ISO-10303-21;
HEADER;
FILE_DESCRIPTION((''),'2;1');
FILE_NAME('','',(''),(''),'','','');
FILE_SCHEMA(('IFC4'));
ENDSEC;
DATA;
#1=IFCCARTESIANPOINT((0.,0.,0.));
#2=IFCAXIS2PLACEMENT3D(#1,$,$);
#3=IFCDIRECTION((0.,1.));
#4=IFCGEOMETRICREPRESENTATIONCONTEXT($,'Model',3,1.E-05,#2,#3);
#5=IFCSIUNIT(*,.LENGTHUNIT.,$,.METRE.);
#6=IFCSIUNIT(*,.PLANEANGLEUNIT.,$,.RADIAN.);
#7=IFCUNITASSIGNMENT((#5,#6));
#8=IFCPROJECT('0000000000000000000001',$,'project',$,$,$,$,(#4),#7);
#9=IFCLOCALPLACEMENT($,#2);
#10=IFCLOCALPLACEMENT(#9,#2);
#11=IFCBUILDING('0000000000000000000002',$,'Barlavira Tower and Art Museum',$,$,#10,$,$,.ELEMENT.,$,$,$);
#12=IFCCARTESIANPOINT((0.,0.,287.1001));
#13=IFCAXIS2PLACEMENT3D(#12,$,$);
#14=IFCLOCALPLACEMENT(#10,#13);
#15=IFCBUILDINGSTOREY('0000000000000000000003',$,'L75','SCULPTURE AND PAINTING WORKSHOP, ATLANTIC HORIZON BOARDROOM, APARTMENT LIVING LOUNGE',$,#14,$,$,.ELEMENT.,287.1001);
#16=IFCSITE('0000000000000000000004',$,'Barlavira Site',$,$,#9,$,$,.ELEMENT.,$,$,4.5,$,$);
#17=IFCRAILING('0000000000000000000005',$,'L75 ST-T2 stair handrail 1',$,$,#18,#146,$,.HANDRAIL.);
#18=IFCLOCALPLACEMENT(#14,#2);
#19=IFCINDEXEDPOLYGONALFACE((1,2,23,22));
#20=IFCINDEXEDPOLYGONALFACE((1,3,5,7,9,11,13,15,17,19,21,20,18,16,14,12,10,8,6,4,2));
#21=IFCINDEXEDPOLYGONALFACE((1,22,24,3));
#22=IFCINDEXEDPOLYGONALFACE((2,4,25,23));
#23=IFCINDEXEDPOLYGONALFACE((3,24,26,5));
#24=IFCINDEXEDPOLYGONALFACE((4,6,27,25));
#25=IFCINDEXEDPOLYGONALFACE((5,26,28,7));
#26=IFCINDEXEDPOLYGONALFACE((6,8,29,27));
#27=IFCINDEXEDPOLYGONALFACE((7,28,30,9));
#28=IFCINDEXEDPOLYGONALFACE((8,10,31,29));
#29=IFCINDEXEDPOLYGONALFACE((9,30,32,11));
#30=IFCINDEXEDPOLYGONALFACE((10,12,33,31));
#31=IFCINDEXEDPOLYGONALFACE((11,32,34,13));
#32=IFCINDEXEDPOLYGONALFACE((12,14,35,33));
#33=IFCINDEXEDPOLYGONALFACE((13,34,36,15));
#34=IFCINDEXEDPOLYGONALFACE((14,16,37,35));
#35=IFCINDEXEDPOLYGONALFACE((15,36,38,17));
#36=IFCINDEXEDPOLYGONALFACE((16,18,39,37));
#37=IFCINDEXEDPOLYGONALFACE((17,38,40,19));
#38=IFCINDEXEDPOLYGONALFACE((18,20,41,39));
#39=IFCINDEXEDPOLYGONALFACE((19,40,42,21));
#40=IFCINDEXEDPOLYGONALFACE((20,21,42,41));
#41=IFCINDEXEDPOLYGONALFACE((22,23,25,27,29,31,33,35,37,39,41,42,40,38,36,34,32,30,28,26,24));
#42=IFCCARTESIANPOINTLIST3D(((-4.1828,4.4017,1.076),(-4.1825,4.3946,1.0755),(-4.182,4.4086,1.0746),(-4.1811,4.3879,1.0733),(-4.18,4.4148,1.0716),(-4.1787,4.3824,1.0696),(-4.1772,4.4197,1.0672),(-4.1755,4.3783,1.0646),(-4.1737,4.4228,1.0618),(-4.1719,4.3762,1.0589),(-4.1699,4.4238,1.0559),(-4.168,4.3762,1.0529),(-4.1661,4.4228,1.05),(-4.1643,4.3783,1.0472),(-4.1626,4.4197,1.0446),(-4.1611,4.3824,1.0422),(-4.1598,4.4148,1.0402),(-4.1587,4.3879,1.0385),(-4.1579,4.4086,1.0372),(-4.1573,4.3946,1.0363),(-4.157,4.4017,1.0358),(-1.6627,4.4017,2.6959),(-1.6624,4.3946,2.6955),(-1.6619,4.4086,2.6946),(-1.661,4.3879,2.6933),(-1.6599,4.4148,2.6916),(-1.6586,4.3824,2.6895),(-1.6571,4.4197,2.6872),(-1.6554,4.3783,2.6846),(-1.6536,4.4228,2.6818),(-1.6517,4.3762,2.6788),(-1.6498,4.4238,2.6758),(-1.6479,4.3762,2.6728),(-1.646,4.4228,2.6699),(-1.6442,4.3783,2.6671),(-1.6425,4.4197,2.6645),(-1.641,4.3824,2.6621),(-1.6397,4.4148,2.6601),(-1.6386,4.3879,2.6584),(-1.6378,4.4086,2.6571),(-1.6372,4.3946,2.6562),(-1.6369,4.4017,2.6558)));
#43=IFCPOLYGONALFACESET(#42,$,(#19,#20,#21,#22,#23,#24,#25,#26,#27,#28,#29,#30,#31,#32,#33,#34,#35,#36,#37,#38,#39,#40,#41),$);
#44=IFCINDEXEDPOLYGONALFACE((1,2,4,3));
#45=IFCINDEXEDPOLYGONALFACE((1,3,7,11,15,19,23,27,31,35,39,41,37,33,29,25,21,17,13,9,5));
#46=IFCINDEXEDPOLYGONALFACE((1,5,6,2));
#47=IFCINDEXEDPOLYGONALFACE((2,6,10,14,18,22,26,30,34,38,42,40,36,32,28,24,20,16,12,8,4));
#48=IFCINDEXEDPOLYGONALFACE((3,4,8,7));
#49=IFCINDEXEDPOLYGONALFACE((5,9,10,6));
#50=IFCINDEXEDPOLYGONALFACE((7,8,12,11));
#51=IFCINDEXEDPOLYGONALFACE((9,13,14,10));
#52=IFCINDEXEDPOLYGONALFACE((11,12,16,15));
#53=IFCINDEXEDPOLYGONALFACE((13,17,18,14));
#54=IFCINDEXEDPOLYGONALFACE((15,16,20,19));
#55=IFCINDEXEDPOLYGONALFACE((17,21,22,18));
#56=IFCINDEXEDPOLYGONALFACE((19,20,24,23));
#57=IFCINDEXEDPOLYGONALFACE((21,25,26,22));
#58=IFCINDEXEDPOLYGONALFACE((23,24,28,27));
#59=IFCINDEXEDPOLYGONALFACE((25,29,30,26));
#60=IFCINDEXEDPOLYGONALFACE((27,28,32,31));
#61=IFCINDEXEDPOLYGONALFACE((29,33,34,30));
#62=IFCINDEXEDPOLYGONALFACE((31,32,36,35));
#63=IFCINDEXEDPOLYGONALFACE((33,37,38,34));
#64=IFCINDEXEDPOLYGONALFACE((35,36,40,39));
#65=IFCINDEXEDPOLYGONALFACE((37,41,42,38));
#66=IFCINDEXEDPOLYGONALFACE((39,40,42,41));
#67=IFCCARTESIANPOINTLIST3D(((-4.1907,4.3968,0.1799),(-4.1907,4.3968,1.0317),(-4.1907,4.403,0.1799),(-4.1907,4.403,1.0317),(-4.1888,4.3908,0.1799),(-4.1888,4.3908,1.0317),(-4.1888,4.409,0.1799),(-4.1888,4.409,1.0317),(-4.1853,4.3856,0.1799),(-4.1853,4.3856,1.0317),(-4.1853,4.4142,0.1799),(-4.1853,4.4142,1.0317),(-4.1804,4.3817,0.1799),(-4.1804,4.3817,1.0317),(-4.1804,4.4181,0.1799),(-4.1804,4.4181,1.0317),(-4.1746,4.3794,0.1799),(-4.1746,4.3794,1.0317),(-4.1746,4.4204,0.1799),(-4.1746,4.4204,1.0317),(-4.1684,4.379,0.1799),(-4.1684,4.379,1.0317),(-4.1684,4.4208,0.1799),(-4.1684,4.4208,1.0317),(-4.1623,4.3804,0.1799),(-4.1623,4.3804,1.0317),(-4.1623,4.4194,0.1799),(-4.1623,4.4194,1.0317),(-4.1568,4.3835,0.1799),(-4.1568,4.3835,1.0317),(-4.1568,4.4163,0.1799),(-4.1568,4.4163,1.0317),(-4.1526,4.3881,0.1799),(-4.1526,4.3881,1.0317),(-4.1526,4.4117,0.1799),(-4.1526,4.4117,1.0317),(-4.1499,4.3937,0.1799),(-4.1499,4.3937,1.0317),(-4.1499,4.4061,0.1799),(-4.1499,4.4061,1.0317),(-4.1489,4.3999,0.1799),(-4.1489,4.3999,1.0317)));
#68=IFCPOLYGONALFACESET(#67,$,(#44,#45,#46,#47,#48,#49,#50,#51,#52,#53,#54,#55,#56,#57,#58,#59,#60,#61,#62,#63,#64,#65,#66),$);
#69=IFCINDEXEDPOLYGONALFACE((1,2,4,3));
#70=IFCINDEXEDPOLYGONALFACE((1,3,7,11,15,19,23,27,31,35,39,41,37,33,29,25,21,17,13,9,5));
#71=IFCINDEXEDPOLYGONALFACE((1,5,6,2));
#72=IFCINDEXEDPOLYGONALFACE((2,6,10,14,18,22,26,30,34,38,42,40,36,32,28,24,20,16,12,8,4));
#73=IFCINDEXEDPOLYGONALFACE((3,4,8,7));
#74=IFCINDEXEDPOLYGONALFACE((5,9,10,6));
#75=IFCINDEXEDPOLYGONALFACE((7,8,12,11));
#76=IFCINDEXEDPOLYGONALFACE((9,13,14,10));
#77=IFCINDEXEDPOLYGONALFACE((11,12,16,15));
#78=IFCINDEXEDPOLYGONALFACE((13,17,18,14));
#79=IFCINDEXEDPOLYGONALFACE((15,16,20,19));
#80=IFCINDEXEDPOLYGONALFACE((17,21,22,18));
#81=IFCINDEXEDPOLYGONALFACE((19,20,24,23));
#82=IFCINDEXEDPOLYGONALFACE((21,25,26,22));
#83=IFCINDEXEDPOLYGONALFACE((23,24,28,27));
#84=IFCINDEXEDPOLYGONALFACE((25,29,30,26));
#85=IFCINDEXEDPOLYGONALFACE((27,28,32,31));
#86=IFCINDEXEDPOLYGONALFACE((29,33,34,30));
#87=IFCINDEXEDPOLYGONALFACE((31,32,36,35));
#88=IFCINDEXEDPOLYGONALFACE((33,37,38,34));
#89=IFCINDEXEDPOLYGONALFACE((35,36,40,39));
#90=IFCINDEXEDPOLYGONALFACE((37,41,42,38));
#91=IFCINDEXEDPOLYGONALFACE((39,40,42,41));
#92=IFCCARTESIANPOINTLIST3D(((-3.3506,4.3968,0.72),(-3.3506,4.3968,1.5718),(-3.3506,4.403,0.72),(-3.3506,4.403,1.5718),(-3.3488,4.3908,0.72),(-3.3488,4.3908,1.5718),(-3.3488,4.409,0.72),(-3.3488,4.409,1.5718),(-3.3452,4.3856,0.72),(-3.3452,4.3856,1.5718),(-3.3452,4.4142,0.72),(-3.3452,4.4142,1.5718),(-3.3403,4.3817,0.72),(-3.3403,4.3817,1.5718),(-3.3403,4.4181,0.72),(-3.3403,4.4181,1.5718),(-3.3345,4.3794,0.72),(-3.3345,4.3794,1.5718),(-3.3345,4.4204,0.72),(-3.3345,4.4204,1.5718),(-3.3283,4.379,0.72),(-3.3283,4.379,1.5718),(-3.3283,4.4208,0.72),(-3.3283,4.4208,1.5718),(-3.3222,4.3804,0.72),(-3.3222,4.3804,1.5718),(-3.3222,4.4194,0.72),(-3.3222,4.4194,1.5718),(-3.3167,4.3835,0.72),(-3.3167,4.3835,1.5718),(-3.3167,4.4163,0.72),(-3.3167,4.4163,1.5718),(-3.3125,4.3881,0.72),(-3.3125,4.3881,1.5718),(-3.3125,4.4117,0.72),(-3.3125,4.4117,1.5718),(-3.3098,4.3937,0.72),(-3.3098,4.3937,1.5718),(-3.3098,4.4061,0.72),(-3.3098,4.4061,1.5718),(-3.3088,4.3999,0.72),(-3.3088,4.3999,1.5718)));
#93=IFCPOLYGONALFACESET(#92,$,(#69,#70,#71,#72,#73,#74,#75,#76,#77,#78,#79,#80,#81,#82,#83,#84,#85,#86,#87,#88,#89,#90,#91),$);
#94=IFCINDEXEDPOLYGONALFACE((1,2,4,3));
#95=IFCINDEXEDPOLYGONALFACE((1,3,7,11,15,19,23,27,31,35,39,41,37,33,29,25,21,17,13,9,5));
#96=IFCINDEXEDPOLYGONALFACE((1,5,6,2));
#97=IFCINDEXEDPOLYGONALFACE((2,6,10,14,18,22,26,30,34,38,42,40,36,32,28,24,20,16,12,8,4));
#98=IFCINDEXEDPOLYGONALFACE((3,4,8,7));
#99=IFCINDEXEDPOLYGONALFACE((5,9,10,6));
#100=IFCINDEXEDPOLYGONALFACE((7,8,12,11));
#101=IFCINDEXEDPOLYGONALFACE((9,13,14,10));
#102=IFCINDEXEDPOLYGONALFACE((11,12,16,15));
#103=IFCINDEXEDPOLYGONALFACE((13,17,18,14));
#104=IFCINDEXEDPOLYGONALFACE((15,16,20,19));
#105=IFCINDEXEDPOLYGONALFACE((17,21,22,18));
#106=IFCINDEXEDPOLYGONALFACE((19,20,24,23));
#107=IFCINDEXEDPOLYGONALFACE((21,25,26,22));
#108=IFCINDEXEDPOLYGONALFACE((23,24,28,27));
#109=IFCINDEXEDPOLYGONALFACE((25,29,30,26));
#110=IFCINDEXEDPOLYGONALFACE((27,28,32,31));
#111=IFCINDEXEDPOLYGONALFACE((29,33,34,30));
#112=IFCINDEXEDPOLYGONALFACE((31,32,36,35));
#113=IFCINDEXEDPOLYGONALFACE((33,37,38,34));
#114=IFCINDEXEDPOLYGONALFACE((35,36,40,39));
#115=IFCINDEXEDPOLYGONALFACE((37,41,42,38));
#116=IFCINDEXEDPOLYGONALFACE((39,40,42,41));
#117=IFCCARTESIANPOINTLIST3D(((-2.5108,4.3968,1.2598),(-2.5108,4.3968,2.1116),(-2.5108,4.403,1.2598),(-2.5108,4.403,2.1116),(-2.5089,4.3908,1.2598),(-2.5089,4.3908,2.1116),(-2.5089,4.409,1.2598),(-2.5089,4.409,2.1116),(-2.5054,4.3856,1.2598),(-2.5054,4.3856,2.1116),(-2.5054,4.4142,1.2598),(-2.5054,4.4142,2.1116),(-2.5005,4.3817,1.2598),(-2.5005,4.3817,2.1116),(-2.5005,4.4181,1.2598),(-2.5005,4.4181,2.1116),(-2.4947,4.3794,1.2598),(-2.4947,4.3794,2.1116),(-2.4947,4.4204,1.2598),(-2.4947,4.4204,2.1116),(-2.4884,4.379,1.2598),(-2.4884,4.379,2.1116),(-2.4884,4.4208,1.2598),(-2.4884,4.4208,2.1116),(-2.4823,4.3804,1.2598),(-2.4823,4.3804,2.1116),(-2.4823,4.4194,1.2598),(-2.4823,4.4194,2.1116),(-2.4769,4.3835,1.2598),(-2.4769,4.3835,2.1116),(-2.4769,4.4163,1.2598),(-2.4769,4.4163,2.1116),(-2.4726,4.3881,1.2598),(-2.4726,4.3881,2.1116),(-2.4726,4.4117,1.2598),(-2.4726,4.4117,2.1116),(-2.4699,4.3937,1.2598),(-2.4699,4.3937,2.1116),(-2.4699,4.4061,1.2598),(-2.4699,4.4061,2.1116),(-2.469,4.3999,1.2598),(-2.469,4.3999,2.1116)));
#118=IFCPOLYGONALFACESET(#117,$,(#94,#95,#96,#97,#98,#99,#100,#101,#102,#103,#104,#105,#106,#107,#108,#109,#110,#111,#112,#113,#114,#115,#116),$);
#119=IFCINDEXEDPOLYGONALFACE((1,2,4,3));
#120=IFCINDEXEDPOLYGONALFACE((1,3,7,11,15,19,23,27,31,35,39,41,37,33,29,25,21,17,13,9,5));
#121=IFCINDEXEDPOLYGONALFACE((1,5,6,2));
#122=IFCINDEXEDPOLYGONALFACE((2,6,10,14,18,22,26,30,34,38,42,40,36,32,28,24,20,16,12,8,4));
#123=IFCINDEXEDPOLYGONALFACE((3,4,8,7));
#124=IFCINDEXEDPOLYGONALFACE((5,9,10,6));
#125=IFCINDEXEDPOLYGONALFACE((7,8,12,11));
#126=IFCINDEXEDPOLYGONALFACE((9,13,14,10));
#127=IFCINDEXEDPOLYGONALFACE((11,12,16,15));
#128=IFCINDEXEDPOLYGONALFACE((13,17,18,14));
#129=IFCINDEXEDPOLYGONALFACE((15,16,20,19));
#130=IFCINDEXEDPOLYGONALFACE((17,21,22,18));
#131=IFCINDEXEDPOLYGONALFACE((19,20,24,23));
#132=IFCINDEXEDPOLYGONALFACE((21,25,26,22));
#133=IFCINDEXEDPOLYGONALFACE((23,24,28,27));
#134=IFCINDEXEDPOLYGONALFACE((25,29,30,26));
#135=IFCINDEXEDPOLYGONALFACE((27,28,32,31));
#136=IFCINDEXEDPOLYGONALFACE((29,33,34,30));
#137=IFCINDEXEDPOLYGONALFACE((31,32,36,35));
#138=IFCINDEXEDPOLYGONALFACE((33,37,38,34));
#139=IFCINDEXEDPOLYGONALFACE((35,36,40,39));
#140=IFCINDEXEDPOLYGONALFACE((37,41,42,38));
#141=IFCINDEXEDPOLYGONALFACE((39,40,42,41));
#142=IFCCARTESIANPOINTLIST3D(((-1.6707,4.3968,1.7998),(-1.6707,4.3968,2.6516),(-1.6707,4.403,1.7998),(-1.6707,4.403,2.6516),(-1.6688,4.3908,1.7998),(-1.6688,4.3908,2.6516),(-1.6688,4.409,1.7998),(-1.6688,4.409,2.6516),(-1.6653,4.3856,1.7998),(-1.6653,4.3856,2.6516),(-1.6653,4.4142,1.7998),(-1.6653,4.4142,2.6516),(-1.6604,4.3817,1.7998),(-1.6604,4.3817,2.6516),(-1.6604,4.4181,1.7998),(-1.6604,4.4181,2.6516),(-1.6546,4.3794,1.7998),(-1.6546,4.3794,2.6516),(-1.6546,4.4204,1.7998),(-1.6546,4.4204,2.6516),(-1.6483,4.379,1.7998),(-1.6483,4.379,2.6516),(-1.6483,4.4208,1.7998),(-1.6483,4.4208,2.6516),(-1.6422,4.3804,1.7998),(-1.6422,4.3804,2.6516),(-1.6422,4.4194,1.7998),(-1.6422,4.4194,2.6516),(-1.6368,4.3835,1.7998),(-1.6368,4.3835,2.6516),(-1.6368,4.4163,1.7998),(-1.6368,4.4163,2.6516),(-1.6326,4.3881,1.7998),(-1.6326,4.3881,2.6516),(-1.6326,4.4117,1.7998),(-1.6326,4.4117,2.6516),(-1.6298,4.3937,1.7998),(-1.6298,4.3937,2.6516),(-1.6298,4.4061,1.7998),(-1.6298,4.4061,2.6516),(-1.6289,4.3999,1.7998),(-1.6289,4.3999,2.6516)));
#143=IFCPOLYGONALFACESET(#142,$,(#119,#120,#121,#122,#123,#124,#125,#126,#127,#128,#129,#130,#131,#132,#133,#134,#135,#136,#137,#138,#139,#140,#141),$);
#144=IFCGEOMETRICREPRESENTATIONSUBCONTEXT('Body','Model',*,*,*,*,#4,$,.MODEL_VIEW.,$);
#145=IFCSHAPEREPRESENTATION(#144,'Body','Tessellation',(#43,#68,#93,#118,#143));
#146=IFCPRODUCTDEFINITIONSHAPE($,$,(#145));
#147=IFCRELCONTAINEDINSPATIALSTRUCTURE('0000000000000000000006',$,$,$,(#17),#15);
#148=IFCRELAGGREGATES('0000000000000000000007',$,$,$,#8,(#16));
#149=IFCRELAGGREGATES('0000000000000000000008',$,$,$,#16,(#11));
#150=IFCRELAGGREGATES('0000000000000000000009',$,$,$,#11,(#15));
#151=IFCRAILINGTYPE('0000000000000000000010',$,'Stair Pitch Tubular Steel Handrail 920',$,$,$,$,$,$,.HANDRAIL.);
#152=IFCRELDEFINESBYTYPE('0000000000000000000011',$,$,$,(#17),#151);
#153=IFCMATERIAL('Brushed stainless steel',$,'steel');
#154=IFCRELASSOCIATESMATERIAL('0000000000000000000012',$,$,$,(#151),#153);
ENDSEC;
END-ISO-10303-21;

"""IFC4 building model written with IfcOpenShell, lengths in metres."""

from ifc_helpers import new_model, si_unit, direction, frame, origin, origin_2d, place, context, subcontext, project, spatial, circle, extrude, material, type_object, element, save


model = new_model("IFC4")

# Units and contexts
model_context = context("Model", 3, precision=1e-05, world=origin(), true_north=direction((0.0, 1.0)))
body_context = subcontext(model_context, "Body", "Model", "MODEL_VIEW")
ifc_project = project(units=[si_unit("LENGTHUNIT", "METRE"), si_unit("PLANEANGLEUNIT", "RADIAN")], contexts=[model_context])

# Site, building, storey
site_placement = place(None, origin())
site = spatial("IfcSite", under=ifc_project, at=site_placement, Name="Barlavira Site", CompositionType="ELEMENT", RefElevation=4.5)
building_placement = place(site_placement, origin())
building = spatial("IfcBuilding", under=site, at=building_placement, Name="Barlavira Tower and Art Museum", CompositionType="ELEMENT")
storey_placement = place(building_placement, frame((0.0, 0.0, 287.1001)))
storey = spatial("IfcBuildingStorey", under=building, at=storey_placement, Name="L75", Description="SCULPTURE AND PAINTING WORKSHOP, ATLANTIC HORIZON BOARDROOM, APARTMENT LIVING LOUNGE", CompositionType="ELEMENT", Elevation=287.1001)

# Shared definitions
ifc_material_1 = material(Name="Brushed stainless steel", Category="steel")

# Railing
railing_type_1 = type_object("IfcRailingType", Name="Stair Pitch Tubular Steel Handrail 920", PredefinedType="HANDRAIL", material=ifc_material_1)
railing_1_placement = place(storey_placement, frame((-4.1699, 4.3999, 0.1799)))
element("IfcRailing", 1, at=railing_1_placement, inside=storey, type_object=railing_type_1, Name="L75 ST-T2 stair handrail 1", PredefinedType="HANDRAIL", context=body_context, shape_type="SweptSolid", body=[
    extrude(circle(Radius=0.0239, at=origin_2d()), frame((0.0, 0.0, 0.876), z_axis=(0.8412, 0.0, 0.540725), x_axis=(0.0, 1.0, 0.0)), (0.0, 0.0, 1.0), 2.9958),
    extrude(circle(Radius=0.021, at=origin_2d()), origin(), (0.0, 0.0, 1.0), 0.8518),
    extrude(circle(Radius=0.021, at=origin_2d()), frame((0.8401, 0.0, 0.54)), (0.0, 0.0, 1.0), 0.8518),
    extrude(circle(Radius=0.021, at=origin_2d()), frame((1.6799, 0.0, 1.0798)), (0.0, 0.0, 1.0), 0.8518),
    extrude(circle(Radius=0.021, at=origin_2d()), frame((2.52, 0.0, 1.6199)), (0.0, 0.0, 1.0), 0.8518),
])

save(model, "model.ifc")
